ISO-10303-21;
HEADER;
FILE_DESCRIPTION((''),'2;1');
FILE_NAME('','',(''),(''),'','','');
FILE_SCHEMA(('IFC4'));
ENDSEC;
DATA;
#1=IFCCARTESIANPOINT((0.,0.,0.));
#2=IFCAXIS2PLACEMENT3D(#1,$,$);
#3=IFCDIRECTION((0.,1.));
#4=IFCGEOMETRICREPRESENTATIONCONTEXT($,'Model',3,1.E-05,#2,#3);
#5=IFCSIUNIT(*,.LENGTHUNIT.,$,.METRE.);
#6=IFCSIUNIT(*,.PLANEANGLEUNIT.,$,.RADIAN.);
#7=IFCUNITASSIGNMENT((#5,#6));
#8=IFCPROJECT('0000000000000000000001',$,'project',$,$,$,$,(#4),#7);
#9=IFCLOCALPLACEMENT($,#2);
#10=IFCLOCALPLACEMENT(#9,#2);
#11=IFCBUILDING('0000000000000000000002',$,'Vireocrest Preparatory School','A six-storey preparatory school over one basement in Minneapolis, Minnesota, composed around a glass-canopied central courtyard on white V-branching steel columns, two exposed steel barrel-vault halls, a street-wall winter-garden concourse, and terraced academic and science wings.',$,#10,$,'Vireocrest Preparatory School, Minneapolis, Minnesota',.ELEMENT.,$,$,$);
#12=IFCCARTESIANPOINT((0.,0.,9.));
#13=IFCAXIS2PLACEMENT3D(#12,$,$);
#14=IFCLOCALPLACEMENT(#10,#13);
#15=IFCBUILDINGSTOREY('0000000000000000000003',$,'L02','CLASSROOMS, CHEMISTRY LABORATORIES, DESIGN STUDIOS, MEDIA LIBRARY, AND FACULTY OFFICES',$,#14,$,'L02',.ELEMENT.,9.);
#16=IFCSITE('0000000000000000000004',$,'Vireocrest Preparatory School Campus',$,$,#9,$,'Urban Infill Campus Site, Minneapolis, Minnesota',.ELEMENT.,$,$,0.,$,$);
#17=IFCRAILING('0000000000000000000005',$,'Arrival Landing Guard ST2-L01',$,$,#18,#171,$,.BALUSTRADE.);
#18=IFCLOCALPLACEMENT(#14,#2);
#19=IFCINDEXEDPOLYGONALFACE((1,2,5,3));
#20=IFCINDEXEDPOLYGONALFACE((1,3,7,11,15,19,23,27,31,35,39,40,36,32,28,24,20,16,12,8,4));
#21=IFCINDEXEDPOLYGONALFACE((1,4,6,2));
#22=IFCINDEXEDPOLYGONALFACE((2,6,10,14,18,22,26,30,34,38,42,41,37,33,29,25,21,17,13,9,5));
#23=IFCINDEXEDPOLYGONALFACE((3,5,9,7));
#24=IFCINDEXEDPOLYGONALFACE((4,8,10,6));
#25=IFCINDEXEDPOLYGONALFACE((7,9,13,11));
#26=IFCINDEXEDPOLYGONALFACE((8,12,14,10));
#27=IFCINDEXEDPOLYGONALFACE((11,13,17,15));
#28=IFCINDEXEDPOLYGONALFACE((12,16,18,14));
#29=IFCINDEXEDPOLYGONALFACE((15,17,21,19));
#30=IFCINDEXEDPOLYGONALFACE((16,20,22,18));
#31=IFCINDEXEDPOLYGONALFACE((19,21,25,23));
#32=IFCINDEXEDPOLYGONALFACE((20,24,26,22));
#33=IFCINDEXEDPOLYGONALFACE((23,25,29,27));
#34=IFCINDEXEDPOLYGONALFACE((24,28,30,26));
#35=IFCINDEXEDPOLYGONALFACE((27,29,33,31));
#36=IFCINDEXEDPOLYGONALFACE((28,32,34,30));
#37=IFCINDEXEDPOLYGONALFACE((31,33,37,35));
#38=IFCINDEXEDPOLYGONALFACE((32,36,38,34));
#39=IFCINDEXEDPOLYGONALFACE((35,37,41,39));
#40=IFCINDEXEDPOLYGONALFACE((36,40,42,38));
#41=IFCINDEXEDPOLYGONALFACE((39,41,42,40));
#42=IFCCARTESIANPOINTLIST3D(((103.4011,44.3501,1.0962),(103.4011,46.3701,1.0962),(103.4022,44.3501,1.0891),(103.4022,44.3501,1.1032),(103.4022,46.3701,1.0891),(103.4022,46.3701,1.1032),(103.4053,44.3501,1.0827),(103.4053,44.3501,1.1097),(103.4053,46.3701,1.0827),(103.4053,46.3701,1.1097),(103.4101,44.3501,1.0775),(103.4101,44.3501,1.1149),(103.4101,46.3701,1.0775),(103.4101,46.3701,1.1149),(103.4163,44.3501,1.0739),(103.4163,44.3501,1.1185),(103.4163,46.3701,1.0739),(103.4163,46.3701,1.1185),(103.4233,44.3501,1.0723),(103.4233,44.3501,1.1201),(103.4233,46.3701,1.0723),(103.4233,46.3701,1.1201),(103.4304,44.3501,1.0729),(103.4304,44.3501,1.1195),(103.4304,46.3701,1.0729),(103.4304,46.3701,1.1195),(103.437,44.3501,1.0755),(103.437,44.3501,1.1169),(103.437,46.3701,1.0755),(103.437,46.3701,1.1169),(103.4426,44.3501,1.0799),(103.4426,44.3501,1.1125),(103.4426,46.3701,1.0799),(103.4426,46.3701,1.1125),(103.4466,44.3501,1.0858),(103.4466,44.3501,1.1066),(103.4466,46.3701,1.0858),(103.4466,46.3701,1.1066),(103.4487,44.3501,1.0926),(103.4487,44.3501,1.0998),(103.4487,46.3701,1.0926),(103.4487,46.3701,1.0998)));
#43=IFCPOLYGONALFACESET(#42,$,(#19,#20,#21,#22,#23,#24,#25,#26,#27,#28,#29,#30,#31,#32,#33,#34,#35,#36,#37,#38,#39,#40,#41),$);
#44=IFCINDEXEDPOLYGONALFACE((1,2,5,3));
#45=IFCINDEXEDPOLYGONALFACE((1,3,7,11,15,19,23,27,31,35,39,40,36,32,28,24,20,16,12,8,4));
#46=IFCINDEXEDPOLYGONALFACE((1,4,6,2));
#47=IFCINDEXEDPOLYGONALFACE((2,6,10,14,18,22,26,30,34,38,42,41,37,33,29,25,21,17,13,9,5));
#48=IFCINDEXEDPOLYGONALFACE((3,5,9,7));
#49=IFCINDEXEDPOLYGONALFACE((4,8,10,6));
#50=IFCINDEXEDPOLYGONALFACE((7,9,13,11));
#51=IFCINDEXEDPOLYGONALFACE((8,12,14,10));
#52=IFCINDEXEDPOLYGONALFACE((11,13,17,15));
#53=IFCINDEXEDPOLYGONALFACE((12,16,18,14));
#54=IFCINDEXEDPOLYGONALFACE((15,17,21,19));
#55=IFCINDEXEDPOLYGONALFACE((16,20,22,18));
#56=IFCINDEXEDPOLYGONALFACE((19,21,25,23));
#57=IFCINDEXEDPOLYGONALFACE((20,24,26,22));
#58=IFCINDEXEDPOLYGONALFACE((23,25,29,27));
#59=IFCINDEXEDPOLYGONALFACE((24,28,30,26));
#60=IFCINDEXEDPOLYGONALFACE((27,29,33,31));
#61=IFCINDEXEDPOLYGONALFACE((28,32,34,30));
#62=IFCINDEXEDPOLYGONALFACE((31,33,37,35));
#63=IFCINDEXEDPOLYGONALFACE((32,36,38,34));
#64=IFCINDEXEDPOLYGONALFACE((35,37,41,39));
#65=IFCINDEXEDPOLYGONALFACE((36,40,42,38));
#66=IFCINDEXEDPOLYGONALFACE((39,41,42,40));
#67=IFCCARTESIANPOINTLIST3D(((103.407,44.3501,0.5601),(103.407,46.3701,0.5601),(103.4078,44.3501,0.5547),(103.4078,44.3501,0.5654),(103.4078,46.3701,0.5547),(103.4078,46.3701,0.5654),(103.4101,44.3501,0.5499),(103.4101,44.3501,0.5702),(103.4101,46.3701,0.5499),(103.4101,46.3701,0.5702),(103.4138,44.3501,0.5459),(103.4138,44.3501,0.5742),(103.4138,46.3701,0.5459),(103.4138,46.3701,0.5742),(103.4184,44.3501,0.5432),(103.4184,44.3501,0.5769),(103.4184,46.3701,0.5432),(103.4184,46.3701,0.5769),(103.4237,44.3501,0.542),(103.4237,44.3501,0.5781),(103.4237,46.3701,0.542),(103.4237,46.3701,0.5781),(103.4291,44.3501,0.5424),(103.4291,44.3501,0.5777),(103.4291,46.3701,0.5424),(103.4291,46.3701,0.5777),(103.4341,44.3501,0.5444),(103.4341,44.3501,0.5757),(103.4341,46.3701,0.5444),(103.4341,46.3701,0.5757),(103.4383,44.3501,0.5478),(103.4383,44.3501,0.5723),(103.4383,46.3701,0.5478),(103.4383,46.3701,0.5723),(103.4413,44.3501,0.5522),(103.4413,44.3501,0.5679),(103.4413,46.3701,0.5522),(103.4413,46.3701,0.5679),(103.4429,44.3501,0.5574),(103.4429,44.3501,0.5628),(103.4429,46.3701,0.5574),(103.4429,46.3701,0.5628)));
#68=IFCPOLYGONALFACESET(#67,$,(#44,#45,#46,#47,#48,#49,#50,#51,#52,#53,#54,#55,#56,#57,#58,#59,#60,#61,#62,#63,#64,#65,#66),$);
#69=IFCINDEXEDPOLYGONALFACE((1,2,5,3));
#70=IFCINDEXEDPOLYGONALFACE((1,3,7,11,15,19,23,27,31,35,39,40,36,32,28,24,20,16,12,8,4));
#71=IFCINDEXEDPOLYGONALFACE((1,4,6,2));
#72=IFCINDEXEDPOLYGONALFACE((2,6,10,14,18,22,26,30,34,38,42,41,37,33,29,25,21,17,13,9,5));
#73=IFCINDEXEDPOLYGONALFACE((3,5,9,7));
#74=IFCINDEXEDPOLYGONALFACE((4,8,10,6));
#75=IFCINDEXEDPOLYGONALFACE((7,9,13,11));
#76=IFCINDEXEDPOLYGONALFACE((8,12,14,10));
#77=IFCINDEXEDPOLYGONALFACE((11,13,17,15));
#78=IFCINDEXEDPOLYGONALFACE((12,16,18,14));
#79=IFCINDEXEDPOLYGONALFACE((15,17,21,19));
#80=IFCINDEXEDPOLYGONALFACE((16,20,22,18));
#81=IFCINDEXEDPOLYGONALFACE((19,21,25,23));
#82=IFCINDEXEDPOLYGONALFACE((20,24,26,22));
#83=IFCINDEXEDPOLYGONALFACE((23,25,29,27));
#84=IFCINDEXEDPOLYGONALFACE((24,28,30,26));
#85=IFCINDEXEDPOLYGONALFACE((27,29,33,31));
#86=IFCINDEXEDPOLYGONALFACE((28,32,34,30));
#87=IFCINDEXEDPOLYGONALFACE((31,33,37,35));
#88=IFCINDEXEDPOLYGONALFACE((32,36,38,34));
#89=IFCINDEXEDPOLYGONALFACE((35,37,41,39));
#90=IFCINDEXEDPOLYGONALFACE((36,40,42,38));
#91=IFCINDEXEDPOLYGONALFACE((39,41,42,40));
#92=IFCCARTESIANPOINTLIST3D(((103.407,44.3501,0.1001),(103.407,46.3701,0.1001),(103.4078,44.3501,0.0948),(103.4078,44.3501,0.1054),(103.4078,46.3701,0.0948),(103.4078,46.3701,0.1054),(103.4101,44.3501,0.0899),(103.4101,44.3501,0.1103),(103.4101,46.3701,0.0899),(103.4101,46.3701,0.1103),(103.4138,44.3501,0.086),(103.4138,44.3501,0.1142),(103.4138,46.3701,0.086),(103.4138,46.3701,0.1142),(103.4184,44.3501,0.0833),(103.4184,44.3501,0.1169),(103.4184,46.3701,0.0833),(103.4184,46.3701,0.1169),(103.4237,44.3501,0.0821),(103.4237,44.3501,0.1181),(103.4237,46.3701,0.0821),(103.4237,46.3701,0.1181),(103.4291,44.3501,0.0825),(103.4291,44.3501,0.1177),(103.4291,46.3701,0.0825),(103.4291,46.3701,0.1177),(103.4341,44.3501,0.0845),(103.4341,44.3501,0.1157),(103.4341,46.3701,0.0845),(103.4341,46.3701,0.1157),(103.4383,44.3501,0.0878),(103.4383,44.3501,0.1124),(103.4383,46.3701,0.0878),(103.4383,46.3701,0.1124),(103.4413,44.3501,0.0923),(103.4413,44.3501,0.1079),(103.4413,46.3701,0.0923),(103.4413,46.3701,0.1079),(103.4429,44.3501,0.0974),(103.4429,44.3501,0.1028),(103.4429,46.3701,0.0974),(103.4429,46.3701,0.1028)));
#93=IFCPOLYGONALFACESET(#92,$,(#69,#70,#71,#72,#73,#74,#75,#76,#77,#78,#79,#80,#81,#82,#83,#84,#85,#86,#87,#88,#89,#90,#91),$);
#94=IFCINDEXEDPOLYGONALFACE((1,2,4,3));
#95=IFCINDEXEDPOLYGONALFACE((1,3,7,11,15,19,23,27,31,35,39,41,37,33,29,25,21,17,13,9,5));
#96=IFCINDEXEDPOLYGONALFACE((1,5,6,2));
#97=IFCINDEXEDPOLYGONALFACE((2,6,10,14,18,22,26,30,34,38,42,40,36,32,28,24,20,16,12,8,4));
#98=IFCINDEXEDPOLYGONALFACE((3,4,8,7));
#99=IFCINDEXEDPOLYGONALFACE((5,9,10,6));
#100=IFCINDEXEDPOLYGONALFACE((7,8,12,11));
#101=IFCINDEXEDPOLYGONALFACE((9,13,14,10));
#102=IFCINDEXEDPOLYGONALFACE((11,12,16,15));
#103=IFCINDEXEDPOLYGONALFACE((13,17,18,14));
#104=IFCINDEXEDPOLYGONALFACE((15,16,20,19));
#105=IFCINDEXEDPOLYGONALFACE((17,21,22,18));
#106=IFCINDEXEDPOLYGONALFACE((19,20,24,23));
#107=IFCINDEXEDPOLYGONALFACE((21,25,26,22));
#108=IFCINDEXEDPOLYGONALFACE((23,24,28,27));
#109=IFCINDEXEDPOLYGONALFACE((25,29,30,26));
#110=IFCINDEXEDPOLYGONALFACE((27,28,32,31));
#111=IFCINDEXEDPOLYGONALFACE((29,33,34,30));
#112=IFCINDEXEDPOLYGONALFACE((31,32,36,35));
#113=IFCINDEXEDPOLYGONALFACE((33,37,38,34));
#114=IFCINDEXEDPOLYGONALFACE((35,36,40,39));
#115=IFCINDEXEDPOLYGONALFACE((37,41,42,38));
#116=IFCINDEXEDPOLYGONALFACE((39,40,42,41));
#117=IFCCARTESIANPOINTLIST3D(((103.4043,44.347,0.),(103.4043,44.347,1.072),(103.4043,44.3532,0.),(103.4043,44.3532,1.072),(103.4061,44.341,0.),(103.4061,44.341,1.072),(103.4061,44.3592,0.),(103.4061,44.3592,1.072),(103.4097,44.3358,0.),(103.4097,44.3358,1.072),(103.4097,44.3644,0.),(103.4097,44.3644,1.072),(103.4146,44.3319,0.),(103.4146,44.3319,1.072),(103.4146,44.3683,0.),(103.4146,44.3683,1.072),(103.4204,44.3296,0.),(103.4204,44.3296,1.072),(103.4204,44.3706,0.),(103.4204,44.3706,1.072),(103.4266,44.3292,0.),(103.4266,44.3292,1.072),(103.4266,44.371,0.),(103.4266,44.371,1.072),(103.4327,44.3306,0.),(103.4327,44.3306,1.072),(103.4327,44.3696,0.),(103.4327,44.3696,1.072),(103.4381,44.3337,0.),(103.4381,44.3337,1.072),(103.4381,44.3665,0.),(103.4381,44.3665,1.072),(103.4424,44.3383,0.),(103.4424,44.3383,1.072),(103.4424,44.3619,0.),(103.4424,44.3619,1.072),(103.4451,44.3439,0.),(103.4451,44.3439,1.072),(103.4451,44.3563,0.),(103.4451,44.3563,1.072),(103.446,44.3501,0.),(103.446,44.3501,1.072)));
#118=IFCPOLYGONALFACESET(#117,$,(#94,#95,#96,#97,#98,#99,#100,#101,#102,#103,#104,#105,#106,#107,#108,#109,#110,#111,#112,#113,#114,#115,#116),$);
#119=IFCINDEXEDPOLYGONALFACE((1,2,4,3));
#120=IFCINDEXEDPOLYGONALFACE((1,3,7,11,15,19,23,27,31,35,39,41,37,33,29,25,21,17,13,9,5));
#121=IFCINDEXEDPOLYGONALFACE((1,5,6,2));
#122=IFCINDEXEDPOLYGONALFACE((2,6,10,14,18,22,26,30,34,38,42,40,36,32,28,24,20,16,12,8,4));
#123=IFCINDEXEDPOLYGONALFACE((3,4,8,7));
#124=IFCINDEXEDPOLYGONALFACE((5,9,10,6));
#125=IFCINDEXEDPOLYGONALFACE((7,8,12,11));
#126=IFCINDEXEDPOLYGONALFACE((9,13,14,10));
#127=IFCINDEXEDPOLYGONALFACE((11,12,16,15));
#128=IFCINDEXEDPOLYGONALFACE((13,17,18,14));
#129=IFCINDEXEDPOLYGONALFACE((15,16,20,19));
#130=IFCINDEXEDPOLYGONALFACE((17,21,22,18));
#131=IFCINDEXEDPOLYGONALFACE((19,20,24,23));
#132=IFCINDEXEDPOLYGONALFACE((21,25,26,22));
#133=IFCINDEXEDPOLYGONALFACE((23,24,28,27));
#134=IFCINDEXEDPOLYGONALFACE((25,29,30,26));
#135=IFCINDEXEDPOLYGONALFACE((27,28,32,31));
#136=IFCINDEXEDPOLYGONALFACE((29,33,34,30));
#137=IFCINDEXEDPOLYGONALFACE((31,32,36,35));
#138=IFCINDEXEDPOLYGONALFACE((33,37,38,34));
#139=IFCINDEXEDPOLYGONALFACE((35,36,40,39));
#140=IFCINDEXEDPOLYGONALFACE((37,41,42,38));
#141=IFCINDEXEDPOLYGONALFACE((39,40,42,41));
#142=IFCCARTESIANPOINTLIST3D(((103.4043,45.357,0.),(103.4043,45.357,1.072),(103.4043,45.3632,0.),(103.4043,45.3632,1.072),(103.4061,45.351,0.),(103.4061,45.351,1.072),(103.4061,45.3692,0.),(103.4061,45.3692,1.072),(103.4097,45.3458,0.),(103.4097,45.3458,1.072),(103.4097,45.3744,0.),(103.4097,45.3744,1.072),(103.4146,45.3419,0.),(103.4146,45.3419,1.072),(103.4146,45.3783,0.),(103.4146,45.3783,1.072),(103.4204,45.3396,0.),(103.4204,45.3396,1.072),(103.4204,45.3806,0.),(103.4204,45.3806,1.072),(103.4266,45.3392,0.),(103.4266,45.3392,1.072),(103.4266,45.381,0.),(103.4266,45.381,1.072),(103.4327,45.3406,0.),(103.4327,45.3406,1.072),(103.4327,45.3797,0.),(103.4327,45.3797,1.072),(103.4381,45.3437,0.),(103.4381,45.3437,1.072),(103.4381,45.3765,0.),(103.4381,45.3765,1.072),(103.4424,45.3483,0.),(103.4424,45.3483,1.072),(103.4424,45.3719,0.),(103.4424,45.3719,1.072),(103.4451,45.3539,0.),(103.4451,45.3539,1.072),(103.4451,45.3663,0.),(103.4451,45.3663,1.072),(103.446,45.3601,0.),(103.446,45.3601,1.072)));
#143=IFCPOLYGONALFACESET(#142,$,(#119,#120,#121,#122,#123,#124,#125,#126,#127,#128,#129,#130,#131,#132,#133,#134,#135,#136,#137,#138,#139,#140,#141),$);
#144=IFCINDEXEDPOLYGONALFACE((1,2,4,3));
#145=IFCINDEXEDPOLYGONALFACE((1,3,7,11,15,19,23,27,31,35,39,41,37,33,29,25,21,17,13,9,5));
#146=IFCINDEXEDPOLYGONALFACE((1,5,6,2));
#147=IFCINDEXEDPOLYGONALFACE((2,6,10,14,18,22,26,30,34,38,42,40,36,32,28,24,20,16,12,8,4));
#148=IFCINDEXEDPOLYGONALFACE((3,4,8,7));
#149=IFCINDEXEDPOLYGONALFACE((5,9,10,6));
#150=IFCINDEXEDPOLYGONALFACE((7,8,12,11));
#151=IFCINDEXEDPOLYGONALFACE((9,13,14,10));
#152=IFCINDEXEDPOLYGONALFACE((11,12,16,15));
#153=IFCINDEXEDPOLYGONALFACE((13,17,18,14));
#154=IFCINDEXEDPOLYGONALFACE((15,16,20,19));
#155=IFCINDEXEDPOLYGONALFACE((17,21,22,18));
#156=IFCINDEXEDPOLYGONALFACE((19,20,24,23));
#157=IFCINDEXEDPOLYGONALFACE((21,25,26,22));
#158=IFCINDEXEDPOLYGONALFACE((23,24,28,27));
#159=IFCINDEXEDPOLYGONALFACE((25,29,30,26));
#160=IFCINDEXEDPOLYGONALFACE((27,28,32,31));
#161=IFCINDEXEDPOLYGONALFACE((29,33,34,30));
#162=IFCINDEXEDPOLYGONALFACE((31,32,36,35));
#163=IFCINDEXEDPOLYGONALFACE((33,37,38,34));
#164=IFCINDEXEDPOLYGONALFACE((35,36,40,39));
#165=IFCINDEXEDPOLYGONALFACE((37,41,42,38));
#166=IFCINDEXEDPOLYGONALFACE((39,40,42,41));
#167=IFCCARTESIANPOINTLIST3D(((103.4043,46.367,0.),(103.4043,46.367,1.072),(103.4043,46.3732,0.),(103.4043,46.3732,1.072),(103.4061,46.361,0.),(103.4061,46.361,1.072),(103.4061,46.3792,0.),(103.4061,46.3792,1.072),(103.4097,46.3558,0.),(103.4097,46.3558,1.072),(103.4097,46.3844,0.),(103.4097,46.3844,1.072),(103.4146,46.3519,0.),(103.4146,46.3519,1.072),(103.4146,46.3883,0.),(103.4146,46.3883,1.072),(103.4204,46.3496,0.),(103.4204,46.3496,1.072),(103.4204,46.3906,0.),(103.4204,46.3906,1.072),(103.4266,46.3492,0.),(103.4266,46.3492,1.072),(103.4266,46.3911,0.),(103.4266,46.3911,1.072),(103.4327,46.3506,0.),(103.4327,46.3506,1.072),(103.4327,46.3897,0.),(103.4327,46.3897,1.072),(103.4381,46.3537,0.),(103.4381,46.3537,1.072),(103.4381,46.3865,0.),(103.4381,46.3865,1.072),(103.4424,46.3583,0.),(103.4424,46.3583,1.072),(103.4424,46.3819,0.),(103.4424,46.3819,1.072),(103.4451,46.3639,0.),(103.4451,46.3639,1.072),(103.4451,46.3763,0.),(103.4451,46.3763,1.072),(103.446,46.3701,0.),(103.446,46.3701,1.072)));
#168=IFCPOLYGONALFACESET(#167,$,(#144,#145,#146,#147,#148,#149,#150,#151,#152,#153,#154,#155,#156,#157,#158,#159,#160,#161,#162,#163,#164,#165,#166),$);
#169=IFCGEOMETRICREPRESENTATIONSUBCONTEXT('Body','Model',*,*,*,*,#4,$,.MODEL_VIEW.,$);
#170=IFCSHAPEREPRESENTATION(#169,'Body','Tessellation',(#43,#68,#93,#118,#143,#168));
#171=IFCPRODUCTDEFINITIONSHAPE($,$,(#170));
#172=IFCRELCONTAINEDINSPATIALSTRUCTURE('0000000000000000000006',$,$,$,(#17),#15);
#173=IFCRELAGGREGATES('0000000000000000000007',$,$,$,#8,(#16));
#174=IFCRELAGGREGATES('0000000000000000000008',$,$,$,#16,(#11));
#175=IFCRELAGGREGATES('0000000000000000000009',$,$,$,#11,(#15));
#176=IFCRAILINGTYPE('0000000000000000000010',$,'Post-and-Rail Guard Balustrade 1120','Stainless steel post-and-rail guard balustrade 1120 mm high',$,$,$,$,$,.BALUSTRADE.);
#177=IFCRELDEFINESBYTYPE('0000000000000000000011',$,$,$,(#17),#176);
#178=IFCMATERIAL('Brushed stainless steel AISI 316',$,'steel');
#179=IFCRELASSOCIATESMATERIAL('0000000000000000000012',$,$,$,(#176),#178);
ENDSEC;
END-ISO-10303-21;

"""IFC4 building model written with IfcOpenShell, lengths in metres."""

from ifc_helpers import new_model, si_unit, direction, frame, origin, origin_2d, place, context, subcontext, project, spatial, circle, extrude, material, type_object, element, save


model = new_model("IFC4")

# Units and contexts
model_context = context("Model", 3, precision=1e-05, world=origin(), true_north=direction((0.0, 1.0)))
body_context = subcontext(model_context, "Body", "Model", "MODEL_VIEW")
ifc_project = project(units=[si_unit("LENGTHUNIT", "METRE"), si_unit("PLANEANGLEUNIT", "RADIAN")], contexts=[model_context])

# Site, building, storey
site_placement = place(None, origin())
site = spatial("IfcSite", under=ifc_project, at=site_placement, Name="Vireocrest Preparatory School Campus", LongName="Urban Infill Campus Site, Minneapolis, Minnesota", CompositionType="ELEMENT", RefElevation=0.0)
building_placement = place(site_placement, origin())
building = spatial("IfcBuilding", under=site, at=building_placement, Name="Vireocrest Preparatory School", Description="A six-storey preparatory school over one basement in Minneapolis, Minnesota, composed around a glass-canopied central courtyard on white V-branching steel columns, two exposed steel barrel-vault halls, a street-wall winter-garden concourse, and terraced academic and science wings.", LongName="Vireocrest Preparatory School, Minneapolis, Minnesota", CompositionType="ELEMENT")
storey_placement = place(building_placement, frame((0.0, 0.0, 9.0)))
storey = spatial("IfcBuildingStorey", under=building, at=storey_placement, Name="L02", Description="CLASSROOMS, CHEMISTRY LABORATORIES, DESIGN STUDIOS, MEDIA LIBRARY, AND FACULTY OFFICES", LongName="L02", CompositionType="ELEMENT", Elevation=9.0)

# Railing
ifc_material_1 = material(Name="Brushed stainless steel AISI 316", Category="steel")
railing_type_1 = type_object("IfcRailingType", Name="Post-and-Rail Guard Balustrade 1120", Description="Stainless steel post-and-rail guard balustrade 1120 mm high", PredefinedType="BALUSTRADE", material=ifc_material_1)
railing_1_placement = place(storey_placement, frame((103.425, 44.3501, 0.0)))
element("IfcRailing", 1, at=railing_1_placement, inside=storey, type_object=railing_type_1, Name="Arrival Landing Guard ST2-L01", PredefinedType="BALUSTRADE", context=body_context, shape_type="SweptSolid", body=[
    extrude(circle(Radius=0.0239, at=origin_2d()), frame((0.0, 0.0, 1.0962), z_axis=(0.0, 1.0, 0.0), x_axis=(-1.0, 0.0, 0.0)), (0.0, 0.0, 1.0), 2.02),
    extrude(circle(Radius=0.0181, at=origin_2d()), frame((0.0, 0.0, 0.5601), z_axis=(0.0, 1.0, 0.0), x_axis=(-1.0, 0.0, 0.0)), (0.0, 0.0, 1.0), 2.02),
    extrude(circle(Radius=0.0181, at=origin_2d()), frame((0.0, 0.0, 0.1001), z_axis=(0.0, 1.0, 0.0), x_axis=(-1.0, 0.0, 0.0)), (0.0, 0.0, 1.0), 2.02),
    extrude(circle(Radius=0.021, at=origin_2d()), origin(), (0.0, 0.0, 1.0), 1.072),
    extrude(circle(Radius=0.021, at=origin_2d()), frame((0.0, 1.01, 0.0)), (0.0, 0.0, 1.0), 1.072),
    extrude(circle(Radius=0.021, at=origin_2d()), frame((0.0, 2.02, 0.0)), (0.0, 0.0, 1.0), 1.072),
])

save(model, "model.ifc")
